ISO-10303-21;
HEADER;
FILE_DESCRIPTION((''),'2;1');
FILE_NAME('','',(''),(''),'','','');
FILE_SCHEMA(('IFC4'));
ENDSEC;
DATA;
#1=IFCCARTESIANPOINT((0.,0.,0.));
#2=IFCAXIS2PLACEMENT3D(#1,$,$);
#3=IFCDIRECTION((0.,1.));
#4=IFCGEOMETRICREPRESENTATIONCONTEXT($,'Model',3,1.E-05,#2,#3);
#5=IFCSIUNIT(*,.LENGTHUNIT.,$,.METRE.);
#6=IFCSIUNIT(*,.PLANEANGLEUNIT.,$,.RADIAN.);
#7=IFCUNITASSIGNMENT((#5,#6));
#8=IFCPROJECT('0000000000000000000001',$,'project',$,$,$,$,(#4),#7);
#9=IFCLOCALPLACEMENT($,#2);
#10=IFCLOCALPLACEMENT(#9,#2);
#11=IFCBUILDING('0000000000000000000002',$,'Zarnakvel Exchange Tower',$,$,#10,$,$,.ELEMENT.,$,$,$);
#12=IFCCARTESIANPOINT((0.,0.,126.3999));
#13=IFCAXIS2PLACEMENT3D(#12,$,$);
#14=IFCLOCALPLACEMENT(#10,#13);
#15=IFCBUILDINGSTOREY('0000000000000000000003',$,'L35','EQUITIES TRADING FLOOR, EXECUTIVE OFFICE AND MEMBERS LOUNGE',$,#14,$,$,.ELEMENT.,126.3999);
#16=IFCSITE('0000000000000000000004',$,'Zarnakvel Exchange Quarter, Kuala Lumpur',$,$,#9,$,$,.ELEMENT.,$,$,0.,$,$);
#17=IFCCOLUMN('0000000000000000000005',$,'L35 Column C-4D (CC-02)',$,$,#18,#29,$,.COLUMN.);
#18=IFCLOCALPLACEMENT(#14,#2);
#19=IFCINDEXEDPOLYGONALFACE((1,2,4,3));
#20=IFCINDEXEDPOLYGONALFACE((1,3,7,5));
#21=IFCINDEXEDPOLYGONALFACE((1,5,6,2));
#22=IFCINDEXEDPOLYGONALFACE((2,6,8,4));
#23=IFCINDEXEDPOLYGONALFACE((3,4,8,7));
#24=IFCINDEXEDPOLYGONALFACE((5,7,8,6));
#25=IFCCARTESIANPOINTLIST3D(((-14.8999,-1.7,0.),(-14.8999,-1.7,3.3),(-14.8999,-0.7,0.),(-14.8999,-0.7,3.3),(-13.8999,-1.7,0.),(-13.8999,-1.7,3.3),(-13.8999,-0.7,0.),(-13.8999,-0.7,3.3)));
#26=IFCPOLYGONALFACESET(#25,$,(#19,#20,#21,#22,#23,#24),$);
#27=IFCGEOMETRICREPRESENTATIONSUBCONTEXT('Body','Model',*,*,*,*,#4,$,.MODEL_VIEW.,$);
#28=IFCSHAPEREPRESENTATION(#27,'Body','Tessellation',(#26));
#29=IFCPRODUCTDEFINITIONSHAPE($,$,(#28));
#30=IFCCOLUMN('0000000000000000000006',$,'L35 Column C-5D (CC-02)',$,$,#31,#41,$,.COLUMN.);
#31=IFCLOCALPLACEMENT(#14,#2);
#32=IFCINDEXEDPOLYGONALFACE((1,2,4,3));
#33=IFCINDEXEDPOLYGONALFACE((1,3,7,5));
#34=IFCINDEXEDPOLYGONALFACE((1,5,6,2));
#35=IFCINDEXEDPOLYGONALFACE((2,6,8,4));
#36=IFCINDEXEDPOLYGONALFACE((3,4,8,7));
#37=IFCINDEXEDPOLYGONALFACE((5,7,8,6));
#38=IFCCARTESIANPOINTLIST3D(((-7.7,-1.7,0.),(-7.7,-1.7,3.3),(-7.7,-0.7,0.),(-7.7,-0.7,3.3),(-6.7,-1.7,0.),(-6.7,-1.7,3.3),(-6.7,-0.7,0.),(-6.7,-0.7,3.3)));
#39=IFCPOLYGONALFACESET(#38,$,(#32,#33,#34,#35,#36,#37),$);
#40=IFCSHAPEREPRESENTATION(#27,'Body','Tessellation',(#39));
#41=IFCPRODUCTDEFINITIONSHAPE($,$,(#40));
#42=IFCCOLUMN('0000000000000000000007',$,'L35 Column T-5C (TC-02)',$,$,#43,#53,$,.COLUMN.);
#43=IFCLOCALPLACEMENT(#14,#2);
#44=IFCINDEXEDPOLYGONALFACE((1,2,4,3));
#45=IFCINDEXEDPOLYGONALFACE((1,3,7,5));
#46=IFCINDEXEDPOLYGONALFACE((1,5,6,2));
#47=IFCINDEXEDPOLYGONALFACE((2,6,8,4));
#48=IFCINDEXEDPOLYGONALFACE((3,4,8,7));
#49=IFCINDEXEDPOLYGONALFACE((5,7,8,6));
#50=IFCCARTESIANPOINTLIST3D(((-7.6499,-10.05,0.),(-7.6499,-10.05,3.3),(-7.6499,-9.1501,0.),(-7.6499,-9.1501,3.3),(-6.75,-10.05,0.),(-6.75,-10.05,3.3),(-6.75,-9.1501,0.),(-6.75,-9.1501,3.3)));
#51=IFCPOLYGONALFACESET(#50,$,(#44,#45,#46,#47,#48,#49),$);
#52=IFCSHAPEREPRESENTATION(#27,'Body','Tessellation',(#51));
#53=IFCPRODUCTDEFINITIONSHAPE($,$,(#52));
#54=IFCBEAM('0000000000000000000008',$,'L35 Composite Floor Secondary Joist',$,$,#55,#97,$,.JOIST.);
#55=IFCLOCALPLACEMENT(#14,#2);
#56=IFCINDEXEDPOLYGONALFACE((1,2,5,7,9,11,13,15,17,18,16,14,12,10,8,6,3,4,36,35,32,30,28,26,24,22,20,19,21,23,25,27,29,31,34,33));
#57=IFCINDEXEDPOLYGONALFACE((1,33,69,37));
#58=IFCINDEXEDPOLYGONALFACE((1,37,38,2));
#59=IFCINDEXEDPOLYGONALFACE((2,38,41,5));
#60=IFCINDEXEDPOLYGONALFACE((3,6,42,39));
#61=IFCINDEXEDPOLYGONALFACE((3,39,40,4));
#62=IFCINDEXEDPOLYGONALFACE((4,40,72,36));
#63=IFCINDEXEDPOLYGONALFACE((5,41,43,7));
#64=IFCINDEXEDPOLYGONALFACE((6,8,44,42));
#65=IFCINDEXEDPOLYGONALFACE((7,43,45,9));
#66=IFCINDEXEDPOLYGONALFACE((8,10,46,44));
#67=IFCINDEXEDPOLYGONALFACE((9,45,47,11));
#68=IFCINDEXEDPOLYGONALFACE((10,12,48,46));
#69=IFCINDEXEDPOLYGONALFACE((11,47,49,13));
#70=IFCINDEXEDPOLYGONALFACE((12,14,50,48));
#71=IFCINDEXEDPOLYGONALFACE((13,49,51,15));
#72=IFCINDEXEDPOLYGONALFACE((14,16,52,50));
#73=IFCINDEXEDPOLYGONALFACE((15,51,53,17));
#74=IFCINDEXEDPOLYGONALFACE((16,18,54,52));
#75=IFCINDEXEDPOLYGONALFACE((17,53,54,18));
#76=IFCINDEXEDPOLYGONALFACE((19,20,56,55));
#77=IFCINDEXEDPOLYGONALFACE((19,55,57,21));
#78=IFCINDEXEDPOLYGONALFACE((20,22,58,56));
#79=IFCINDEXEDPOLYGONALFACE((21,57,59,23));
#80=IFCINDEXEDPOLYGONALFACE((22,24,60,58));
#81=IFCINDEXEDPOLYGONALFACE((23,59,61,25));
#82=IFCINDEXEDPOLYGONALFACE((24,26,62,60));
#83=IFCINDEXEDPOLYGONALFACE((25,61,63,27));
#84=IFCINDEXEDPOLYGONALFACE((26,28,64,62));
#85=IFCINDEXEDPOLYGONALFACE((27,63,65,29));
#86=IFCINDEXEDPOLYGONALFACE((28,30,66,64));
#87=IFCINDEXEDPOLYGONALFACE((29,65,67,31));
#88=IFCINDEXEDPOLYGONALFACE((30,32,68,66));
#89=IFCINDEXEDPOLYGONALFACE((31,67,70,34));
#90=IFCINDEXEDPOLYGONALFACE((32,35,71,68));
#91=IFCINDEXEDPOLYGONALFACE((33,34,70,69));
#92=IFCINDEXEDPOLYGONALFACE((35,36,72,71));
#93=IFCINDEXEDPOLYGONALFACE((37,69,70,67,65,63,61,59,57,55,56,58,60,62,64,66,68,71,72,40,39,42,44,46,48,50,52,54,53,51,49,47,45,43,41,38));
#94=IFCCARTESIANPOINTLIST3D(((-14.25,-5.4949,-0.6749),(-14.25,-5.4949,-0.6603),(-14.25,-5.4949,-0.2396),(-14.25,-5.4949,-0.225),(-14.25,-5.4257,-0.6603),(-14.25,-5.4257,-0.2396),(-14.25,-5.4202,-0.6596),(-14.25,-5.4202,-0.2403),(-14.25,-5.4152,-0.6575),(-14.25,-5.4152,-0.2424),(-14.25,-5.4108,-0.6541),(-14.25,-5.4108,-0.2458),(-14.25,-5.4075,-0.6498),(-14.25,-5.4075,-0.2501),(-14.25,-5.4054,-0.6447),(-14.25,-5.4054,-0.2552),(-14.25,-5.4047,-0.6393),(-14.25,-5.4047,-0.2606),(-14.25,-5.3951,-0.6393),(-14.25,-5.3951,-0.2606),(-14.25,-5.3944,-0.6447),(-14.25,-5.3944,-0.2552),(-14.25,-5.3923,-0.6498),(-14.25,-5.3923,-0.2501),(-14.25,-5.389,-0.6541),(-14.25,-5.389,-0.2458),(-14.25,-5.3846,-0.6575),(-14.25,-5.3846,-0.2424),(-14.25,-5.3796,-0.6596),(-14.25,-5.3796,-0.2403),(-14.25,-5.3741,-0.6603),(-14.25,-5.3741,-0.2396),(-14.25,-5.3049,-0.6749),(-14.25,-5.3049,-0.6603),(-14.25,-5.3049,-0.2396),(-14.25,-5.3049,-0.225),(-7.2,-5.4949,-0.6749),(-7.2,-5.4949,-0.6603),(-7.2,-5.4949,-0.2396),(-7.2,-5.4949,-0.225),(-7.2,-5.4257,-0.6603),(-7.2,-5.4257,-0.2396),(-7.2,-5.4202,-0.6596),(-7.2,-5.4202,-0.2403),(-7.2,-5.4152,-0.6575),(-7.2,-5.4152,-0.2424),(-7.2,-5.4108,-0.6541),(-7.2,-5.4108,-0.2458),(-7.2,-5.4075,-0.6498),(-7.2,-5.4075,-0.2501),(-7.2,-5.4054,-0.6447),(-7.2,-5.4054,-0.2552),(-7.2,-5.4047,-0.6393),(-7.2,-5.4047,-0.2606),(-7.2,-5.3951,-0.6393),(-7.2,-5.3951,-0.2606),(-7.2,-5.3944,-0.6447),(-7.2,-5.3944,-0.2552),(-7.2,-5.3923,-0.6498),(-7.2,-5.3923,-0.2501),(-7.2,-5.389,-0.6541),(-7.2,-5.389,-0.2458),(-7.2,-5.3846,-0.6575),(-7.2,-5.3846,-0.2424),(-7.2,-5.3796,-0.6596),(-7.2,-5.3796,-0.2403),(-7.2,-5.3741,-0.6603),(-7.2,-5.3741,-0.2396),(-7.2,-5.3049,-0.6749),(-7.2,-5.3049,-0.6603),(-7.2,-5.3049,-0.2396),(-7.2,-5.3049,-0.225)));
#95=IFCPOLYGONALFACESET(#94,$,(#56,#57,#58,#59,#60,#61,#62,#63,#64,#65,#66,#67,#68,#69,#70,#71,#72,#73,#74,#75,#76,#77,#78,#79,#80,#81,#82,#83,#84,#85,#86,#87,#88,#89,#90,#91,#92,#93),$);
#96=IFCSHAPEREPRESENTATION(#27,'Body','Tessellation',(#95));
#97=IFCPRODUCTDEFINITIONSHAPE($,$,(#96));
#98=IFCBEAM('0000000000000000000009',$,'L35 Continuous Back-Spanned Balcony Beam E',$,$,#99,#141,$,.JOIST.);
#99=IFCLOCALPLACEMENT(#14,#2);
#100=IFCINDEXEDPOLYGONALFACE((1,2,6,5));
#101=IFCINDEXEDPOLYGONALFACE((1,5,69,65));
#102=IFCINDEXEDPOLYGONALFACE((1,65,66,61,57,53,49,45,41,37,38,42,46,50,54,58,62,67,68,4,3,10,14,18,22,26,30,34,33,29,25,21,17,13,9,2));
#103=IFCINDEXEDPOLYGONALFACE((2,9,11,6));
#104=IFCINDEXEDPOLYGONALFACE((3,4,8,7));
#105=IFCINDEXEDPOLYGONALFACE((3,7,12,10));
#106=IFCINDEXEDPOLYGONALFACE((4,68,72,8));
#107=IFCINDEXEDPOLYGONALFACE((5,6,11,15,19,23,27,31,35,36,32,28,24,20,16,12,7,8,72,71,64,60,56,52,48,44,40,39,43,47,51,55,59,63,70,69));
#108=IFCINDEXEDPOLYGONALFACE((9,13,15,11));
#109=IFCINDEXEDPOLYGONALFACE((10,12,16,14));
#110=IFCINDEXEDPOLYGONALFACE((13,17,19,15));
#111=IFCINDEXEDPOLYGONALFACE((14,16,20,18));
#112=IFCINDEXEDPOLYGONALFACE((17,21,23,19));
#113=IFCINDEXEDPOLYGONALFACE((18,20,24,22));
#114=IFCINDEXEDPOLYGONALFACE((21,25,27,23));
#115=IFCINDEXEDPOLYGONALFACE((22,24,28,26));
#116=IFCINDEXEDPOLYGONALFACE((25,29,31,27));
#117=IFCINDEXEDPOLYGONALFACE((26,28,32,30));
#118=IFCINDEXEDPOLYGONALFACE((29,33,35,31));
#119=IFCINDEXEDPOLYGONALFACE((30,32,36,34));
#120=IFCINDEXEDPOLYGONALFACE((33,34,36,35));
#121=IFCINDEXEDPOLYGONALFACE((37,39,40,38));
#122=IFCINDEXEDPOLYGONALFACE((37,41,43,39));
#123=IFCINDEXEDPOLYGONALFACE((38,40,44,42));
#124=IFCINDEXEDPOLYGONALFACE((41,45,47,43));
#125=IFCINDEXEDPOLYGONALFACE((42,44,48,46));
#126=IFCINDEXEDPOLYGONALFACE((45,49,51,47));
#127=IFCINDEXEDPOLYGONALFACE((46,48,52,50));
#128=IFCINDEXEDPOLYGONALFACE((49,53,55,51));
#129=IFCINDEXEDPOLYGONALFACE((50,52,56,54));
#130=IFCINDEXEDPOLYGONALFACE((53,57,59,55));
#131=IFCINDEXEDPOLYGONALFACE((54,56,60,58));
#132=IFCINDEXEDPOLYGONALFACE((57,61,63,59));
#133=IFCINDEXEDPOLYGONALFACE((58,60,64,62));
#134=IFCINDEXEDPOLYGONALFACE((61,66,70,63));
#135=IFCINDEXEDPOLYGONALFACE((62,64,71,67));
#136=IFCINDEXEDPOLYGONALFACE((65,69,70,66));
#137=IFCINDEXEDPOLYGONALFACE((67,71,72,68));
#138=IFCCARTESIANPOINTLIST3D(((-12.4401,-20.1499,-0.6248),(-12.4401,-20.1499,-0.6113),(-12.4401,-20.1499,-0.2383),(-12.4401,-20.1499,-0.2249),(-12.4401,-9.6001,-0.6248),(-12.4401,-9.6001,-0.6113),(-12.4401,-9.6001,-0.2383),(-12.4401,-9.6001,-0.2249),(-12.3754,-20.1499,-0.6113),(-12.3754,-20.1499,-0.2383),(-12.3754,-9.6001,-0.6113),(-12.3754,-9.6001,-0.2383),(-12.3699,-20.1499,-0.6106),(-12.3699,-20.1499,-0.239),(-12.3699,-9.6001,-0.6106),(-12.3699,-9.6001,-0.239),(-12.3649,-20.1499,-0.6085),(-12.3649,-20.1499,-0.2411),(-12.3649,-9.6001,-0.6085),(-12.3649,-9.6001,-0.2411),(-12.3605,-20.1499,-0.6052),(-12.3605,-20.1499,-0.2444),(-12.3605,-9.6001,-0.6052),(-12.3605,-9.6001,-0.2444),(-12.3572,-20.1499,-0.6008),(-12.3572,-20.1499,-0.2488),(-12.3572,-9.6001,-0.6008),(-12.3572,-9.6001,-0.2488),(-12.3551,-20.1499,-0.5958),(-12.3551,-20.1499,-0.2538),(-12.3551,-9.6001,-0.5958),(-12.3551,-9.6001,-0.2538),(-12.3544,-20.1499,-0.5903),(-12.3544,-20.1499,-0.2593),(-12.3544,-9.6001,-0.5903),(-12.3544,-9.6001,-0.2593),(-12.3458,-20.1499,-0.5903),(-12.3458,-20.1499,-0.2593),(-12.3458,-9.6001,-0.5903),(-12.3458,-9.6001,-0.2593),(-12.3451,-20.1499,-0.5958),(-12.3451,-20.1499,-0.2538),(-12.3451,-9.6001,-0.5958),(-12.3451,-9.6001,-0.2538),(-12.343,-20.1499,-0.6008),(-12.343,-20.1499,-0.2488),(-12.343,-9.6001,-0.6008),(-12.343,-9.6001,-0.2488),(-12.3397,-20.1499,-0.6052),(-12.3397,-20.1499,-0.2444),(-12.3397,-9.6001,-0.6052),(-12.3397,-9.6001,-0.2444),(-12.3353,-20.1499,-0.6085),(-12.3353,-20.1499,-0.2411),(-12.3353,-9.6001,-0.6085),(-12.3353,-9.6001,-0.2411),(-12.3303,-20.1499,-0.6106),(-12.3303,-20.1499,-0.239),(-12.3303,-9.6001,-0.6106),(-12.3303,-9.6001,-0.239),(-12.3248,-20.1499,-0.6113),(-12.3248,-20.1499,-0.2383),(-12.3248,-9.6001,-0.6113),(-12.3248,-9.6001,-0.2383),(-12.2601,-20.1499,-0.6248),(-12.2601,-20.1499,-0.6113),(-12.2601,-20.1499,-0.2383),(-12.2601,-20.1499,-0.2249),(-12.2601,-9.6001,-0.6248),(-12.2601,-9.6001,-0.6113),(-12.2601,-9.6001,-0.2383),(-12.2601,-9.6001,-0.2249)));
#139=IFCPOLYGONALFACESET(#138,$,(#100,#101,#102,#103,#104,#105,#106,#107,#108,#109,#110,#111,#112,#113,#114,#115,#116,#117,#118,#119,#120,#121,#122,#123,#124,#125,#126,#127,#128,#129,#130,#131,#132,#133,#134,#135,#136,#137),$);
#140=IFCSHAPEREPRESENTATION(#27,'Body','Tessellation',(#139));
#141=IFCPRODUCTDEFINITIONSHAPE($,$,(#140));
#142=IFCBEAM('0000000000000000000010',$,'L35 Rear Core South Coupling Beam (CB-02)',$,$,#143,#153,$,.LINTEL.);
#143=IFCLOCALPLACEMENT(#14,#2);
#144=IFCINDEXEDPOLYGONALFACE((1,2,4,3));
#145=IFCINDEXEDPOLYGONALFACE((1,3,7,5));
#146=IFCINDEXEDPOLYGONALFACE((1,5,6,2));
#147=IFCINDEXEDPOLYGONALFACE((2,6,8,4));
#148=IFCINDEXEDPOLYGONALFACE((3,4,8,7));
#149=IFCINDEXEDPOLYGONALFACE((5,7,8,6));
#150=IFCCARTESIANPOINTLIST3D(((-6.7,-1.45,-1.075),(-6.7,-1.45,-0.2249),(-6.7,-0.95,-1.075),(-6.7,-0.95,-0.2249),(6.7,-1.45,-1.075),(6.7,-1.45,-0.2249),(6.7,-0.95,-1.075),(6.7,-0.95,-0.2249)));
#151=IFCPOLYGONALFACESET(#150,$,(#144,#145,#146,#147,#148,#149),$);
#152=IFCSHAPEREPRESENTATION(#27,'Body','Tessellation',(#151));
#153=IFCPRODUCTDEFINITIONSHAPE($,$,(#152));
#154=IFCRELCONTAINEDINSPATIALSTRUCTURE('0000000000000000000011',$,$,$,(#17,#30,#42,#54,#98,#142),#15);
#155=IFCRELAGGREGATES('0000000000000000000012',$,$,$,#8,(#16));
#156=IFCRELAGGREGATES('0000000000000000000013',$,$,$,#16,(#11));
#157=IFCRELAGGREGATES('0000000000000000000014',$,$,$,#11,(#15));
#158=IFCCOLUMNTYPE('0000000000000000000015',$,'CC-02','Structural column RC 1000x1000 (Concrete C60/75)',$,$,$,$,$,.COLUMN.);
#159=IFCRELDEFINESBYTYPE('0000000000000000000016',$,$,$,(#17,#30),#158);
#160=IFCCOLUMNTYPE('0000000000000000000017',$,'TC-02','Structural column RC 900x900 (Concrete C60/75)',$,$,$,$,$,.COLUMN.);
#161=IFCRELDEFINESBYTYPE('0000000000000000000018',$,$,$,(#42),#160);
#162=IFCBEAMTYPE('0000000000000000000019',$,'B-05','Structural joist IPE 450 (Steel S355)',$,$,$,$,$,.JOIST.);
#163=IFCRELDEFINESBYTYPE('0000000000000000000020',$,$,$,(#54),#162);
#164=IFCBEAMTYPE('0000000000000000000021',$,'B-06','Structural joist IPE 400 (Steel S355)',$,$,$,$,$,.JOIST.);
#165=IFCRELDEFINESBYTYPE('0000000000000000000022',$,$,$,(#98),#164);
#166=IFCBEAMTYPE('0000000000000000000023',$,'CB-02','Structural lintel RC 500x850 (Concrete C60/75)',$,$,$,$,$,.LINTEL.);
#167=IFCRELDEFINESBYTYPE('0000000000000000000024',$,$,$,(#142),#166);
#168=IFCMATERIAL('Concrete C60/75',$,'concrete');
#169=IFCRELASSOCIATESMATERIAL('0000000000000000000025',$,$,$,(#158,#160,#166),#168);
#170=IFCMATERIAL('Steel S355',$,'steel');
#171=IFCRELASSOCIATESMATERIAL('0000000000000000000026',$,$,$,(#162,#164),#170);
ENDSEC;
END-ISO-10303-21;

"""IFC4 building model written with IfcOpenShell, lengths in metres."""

from ifc_helpers import new_model, si_unit, direction, frame, origin, origin_2d, place, context, subcontext, project, spatial, rectangle, i_section, extrude, material, material_profile, profile_set, type_object, element, save


model = new_model("IFC4")

# Units and contexts
model_context = context("Model", 3, precision=1e-05, world=origin(), true_north=direction((0.0, 1.0)))
body_context = subcontext(model_context, "Body", "Model", "MODEL_VIEW")
ifc_project = project(units=[si_unit("LENGTHUNIT", "METRE"), si_unit("PLANEANGLEUNIT", "RADIAN")], contexts=[model_context])

# Site, building, storey
site_placement = place(None, origin())
site = spatial("IfcSite", under=ifc_project, at=site_placement, Name="Zarnakvel Exchange Quarter, Kuala Lumpur", CompositionType="ELEMENT", RefElevation=0.0)
building_placement = place(site_placement, origin())
building = spatial("IfcBuilding", under=site, at=building_placement, Name="Zarnakvel Exchange Tower", CompositionType="ELEMENT")
storey_placement = place(building_placement, frame((0.0, 0.0, 126.3999)))
storey = spatial("IfcBuildingStorey", under=building, at=storey_placement, Name="L35", Description="EQUITIES TRADING FLOOR, EXECUTIVE OFFICE AND MEMBERS LOUNGE", CompositionType="ELEMENT", Elevation=126.3999)

# Columns
ifc_material_1 = material(Name="Concrete C60/75", Category="concrete")
ifc_material_profile_1 = material_profile(ifc_material_1, rectangle(XDim=1.0, YDim=1.0, at=origin_2d()))
ifc_profile_set_1 = profile_set([ifc_material_profile_1], Name="Concrete C60/75")
column_type_1 = type_object("IfcColumnType", Name="CC-02", Description="Structural column RC 1000x1000 (Concrete C60/75)", PredefinedType="COLUMN", material=ifc_profile_set_1)
for number, where, z_axis, x_axis, name in (
    (1, (-14.3999, -1.2, 0.0), (0.0, 0.0, 1.0), (1.0, 0.0, 0.0), "L35 Column C-4D (CC-02)"),
    (2, (-7.2, -1.2, 0.0), (0.0, 0.0, 1.0), (1.0, 0.0, 0.0), "L35 Column C-5D (CC-02)"),
):
    element("IfcColumn", number, at=place(storey_placement, frame(where, z_axis=z_axis, x_axis=x_axis)), inside=storey, type_object=column_type_1, Name=name, PredefinedType="COLUMN", context=body_context, shape_type="SweptSolid", body=[
        extrude(rectangle(XDim=1.0, YDim=1.0, at=origin_2d()), origin(), (0.0, 0.0, 1.0), 3.3),
    ])
ifc_material_profile_2 = material_profile(ifc_material_1, rectangle(XDim=0.8999, YDim=0.8999, at=origin_2d()))
ifc_profile_set_2 = profile_set([ifc_material_profile_2], Name="Concrete C60/75")
column_type_2 = type_object("IfcColumnType", Name="TC-02", Description="Structural column RC 900x900 (Concrete C60/75)", PredefinedType="COLUMN", material=ifc_profile_set_2)
column_placement = place(storey_placement, frame((-7.2, -9.6001, 0.0), z_axis=(0.0, 0.0, 1.0), x_axis=(1.0, 0.0, 0.0)))
element("IfcColumn", 3, at=column_placement, inside=storey, type_object=column_type_2, Name="L35 Column T-5C (TC-02)", PredefinedType="COLUMN", context=body_context, shape_type="SweptSolid", body=[
    extrude(rectangle(XDim=0.8999, YDim=0.8999, at=origin_2d()), origin(), (0.0, 0.0, 1.0), 3.3),
])

# Beams
ifc_material_2 = material(Name="Steel S355", Category="steel")
ifc_material_profile_3 = material_profile(ifc_material_2, i_section(OverallWidth=0.1899, OverallDepth=0.45, WebThickness=0.0095, FlangeThickness=0.0146, FilletRadius=0.021, at=origin_2d()))
ifc_profile_set_3 = profile_set([ifc_material_profile_3], Name="Steel S355")
beam_type_1 = type_object("IfcBeamType", Name="B-05", Description="Structural joist IPE 450 (Steel S355)", PredefinedType="JOIST", material=ifc_profile_set_3)
beam_1_placement = place(storey_placement, frame((-14.25, -5.3999, -0.45), z_axis=(1.0, 0.0, 0.0), x_axis=(0.0, 1.0, 0.0)))
element("IfcBeam", 4, at=beam_1_placement, inside=storey, type_object=beam_type_1, Name="L35 Composite Floor Secondary Joist", PredefinedType="JOIST", context=body_context, shape_type="SweptSolid", body=[
    extrude(i_section(OverallWidth=0.1899, OverallDepth=0.45, WebThickness=0.0095, FlangeThickness=0.0146, FilletRadius=0.021, at=origin_2d()), origin(), (0.0, 0.0, 1.0), 7.05),
])
ifc_material_profile_4 = material_profile(ifc_material_2, i_section(OverallWidth=0.1799, OverallDepth=0.3999, WebThickness=0.0085, FlangeThickness=0.0134, FilletRadius=0.021, at=origin_2d()))
ifc_profile_set_4 = profile_set([ifc_material_profile_4], Name="Steel S355")
beam_type_2 = type_object("IfcBeamType", Name="B-06", Description="Structural joist IPE 400 (Steel S355)", PredefinedType="JOIST", material=ifc_profile_set_4)
beam_2_placement = place(storey_placement, frame((-12.3501, -9.6001, -0.4248), z_axis=(0.0, -1.0, 0.0), x_axis=(1.0, 0.0, 0.0)))
element("IfcBeam", 5, at=beam_2_placement, inside=storey, type_object=beam_type_2, Name="L35 Continuous Back-Spanned Balcony Beam E", PredefinedType="JOIST", context=body_context, shape_type="SweptSolid", body=[
    extrude(i_section(OverallWidth=0.1799, OverallDepth=0.3999, WebThickness=0.0085, FlangeThickness=0.0134, FilletRadius=0.021, at=origin_2d()), origin(), (0.0, 0.0, 1.0), 10.5498),
])
ifc_material_profile_5 = material_profile(ifc_material_1, rectangle(XDim=0.5, YDim=0.8501, at=origin_2d()))
ifc_profile_set_5 = profile_set([ifc_material_profile_5], Name="Concrete C60/75")
beam_type_3 = type_object("IfcBeamType", Name="CB-02", Description="Structural lintel RC 500x850 (Concrete C60/75)", PredefinedType="LINTEL", material=ifc_profile_set_5)
beam_3_placement = place(storey_placement, frame((-6.7, -1.2, -0.6499), z_axis=(1.0, 0.0, 0.0), x_axis=(0.0, 1.0, 0.0)))
element("IfcBeam", 6, at=beam_3_placement, inside=storey, type_object=beam_type_3, Name="L35 Rear Core South Coupling Beam (CB-02)", PredefinedType="LINTEL", context=body_context, shape_type="SweptSolid", body=[
    extrude(rectangle(XDim=0.5, YDim=0.8501, at=origin_2d()), origin(), (0.0, 0.0, 1.0), 13.3999),
])

save(model, "model.ifc")
